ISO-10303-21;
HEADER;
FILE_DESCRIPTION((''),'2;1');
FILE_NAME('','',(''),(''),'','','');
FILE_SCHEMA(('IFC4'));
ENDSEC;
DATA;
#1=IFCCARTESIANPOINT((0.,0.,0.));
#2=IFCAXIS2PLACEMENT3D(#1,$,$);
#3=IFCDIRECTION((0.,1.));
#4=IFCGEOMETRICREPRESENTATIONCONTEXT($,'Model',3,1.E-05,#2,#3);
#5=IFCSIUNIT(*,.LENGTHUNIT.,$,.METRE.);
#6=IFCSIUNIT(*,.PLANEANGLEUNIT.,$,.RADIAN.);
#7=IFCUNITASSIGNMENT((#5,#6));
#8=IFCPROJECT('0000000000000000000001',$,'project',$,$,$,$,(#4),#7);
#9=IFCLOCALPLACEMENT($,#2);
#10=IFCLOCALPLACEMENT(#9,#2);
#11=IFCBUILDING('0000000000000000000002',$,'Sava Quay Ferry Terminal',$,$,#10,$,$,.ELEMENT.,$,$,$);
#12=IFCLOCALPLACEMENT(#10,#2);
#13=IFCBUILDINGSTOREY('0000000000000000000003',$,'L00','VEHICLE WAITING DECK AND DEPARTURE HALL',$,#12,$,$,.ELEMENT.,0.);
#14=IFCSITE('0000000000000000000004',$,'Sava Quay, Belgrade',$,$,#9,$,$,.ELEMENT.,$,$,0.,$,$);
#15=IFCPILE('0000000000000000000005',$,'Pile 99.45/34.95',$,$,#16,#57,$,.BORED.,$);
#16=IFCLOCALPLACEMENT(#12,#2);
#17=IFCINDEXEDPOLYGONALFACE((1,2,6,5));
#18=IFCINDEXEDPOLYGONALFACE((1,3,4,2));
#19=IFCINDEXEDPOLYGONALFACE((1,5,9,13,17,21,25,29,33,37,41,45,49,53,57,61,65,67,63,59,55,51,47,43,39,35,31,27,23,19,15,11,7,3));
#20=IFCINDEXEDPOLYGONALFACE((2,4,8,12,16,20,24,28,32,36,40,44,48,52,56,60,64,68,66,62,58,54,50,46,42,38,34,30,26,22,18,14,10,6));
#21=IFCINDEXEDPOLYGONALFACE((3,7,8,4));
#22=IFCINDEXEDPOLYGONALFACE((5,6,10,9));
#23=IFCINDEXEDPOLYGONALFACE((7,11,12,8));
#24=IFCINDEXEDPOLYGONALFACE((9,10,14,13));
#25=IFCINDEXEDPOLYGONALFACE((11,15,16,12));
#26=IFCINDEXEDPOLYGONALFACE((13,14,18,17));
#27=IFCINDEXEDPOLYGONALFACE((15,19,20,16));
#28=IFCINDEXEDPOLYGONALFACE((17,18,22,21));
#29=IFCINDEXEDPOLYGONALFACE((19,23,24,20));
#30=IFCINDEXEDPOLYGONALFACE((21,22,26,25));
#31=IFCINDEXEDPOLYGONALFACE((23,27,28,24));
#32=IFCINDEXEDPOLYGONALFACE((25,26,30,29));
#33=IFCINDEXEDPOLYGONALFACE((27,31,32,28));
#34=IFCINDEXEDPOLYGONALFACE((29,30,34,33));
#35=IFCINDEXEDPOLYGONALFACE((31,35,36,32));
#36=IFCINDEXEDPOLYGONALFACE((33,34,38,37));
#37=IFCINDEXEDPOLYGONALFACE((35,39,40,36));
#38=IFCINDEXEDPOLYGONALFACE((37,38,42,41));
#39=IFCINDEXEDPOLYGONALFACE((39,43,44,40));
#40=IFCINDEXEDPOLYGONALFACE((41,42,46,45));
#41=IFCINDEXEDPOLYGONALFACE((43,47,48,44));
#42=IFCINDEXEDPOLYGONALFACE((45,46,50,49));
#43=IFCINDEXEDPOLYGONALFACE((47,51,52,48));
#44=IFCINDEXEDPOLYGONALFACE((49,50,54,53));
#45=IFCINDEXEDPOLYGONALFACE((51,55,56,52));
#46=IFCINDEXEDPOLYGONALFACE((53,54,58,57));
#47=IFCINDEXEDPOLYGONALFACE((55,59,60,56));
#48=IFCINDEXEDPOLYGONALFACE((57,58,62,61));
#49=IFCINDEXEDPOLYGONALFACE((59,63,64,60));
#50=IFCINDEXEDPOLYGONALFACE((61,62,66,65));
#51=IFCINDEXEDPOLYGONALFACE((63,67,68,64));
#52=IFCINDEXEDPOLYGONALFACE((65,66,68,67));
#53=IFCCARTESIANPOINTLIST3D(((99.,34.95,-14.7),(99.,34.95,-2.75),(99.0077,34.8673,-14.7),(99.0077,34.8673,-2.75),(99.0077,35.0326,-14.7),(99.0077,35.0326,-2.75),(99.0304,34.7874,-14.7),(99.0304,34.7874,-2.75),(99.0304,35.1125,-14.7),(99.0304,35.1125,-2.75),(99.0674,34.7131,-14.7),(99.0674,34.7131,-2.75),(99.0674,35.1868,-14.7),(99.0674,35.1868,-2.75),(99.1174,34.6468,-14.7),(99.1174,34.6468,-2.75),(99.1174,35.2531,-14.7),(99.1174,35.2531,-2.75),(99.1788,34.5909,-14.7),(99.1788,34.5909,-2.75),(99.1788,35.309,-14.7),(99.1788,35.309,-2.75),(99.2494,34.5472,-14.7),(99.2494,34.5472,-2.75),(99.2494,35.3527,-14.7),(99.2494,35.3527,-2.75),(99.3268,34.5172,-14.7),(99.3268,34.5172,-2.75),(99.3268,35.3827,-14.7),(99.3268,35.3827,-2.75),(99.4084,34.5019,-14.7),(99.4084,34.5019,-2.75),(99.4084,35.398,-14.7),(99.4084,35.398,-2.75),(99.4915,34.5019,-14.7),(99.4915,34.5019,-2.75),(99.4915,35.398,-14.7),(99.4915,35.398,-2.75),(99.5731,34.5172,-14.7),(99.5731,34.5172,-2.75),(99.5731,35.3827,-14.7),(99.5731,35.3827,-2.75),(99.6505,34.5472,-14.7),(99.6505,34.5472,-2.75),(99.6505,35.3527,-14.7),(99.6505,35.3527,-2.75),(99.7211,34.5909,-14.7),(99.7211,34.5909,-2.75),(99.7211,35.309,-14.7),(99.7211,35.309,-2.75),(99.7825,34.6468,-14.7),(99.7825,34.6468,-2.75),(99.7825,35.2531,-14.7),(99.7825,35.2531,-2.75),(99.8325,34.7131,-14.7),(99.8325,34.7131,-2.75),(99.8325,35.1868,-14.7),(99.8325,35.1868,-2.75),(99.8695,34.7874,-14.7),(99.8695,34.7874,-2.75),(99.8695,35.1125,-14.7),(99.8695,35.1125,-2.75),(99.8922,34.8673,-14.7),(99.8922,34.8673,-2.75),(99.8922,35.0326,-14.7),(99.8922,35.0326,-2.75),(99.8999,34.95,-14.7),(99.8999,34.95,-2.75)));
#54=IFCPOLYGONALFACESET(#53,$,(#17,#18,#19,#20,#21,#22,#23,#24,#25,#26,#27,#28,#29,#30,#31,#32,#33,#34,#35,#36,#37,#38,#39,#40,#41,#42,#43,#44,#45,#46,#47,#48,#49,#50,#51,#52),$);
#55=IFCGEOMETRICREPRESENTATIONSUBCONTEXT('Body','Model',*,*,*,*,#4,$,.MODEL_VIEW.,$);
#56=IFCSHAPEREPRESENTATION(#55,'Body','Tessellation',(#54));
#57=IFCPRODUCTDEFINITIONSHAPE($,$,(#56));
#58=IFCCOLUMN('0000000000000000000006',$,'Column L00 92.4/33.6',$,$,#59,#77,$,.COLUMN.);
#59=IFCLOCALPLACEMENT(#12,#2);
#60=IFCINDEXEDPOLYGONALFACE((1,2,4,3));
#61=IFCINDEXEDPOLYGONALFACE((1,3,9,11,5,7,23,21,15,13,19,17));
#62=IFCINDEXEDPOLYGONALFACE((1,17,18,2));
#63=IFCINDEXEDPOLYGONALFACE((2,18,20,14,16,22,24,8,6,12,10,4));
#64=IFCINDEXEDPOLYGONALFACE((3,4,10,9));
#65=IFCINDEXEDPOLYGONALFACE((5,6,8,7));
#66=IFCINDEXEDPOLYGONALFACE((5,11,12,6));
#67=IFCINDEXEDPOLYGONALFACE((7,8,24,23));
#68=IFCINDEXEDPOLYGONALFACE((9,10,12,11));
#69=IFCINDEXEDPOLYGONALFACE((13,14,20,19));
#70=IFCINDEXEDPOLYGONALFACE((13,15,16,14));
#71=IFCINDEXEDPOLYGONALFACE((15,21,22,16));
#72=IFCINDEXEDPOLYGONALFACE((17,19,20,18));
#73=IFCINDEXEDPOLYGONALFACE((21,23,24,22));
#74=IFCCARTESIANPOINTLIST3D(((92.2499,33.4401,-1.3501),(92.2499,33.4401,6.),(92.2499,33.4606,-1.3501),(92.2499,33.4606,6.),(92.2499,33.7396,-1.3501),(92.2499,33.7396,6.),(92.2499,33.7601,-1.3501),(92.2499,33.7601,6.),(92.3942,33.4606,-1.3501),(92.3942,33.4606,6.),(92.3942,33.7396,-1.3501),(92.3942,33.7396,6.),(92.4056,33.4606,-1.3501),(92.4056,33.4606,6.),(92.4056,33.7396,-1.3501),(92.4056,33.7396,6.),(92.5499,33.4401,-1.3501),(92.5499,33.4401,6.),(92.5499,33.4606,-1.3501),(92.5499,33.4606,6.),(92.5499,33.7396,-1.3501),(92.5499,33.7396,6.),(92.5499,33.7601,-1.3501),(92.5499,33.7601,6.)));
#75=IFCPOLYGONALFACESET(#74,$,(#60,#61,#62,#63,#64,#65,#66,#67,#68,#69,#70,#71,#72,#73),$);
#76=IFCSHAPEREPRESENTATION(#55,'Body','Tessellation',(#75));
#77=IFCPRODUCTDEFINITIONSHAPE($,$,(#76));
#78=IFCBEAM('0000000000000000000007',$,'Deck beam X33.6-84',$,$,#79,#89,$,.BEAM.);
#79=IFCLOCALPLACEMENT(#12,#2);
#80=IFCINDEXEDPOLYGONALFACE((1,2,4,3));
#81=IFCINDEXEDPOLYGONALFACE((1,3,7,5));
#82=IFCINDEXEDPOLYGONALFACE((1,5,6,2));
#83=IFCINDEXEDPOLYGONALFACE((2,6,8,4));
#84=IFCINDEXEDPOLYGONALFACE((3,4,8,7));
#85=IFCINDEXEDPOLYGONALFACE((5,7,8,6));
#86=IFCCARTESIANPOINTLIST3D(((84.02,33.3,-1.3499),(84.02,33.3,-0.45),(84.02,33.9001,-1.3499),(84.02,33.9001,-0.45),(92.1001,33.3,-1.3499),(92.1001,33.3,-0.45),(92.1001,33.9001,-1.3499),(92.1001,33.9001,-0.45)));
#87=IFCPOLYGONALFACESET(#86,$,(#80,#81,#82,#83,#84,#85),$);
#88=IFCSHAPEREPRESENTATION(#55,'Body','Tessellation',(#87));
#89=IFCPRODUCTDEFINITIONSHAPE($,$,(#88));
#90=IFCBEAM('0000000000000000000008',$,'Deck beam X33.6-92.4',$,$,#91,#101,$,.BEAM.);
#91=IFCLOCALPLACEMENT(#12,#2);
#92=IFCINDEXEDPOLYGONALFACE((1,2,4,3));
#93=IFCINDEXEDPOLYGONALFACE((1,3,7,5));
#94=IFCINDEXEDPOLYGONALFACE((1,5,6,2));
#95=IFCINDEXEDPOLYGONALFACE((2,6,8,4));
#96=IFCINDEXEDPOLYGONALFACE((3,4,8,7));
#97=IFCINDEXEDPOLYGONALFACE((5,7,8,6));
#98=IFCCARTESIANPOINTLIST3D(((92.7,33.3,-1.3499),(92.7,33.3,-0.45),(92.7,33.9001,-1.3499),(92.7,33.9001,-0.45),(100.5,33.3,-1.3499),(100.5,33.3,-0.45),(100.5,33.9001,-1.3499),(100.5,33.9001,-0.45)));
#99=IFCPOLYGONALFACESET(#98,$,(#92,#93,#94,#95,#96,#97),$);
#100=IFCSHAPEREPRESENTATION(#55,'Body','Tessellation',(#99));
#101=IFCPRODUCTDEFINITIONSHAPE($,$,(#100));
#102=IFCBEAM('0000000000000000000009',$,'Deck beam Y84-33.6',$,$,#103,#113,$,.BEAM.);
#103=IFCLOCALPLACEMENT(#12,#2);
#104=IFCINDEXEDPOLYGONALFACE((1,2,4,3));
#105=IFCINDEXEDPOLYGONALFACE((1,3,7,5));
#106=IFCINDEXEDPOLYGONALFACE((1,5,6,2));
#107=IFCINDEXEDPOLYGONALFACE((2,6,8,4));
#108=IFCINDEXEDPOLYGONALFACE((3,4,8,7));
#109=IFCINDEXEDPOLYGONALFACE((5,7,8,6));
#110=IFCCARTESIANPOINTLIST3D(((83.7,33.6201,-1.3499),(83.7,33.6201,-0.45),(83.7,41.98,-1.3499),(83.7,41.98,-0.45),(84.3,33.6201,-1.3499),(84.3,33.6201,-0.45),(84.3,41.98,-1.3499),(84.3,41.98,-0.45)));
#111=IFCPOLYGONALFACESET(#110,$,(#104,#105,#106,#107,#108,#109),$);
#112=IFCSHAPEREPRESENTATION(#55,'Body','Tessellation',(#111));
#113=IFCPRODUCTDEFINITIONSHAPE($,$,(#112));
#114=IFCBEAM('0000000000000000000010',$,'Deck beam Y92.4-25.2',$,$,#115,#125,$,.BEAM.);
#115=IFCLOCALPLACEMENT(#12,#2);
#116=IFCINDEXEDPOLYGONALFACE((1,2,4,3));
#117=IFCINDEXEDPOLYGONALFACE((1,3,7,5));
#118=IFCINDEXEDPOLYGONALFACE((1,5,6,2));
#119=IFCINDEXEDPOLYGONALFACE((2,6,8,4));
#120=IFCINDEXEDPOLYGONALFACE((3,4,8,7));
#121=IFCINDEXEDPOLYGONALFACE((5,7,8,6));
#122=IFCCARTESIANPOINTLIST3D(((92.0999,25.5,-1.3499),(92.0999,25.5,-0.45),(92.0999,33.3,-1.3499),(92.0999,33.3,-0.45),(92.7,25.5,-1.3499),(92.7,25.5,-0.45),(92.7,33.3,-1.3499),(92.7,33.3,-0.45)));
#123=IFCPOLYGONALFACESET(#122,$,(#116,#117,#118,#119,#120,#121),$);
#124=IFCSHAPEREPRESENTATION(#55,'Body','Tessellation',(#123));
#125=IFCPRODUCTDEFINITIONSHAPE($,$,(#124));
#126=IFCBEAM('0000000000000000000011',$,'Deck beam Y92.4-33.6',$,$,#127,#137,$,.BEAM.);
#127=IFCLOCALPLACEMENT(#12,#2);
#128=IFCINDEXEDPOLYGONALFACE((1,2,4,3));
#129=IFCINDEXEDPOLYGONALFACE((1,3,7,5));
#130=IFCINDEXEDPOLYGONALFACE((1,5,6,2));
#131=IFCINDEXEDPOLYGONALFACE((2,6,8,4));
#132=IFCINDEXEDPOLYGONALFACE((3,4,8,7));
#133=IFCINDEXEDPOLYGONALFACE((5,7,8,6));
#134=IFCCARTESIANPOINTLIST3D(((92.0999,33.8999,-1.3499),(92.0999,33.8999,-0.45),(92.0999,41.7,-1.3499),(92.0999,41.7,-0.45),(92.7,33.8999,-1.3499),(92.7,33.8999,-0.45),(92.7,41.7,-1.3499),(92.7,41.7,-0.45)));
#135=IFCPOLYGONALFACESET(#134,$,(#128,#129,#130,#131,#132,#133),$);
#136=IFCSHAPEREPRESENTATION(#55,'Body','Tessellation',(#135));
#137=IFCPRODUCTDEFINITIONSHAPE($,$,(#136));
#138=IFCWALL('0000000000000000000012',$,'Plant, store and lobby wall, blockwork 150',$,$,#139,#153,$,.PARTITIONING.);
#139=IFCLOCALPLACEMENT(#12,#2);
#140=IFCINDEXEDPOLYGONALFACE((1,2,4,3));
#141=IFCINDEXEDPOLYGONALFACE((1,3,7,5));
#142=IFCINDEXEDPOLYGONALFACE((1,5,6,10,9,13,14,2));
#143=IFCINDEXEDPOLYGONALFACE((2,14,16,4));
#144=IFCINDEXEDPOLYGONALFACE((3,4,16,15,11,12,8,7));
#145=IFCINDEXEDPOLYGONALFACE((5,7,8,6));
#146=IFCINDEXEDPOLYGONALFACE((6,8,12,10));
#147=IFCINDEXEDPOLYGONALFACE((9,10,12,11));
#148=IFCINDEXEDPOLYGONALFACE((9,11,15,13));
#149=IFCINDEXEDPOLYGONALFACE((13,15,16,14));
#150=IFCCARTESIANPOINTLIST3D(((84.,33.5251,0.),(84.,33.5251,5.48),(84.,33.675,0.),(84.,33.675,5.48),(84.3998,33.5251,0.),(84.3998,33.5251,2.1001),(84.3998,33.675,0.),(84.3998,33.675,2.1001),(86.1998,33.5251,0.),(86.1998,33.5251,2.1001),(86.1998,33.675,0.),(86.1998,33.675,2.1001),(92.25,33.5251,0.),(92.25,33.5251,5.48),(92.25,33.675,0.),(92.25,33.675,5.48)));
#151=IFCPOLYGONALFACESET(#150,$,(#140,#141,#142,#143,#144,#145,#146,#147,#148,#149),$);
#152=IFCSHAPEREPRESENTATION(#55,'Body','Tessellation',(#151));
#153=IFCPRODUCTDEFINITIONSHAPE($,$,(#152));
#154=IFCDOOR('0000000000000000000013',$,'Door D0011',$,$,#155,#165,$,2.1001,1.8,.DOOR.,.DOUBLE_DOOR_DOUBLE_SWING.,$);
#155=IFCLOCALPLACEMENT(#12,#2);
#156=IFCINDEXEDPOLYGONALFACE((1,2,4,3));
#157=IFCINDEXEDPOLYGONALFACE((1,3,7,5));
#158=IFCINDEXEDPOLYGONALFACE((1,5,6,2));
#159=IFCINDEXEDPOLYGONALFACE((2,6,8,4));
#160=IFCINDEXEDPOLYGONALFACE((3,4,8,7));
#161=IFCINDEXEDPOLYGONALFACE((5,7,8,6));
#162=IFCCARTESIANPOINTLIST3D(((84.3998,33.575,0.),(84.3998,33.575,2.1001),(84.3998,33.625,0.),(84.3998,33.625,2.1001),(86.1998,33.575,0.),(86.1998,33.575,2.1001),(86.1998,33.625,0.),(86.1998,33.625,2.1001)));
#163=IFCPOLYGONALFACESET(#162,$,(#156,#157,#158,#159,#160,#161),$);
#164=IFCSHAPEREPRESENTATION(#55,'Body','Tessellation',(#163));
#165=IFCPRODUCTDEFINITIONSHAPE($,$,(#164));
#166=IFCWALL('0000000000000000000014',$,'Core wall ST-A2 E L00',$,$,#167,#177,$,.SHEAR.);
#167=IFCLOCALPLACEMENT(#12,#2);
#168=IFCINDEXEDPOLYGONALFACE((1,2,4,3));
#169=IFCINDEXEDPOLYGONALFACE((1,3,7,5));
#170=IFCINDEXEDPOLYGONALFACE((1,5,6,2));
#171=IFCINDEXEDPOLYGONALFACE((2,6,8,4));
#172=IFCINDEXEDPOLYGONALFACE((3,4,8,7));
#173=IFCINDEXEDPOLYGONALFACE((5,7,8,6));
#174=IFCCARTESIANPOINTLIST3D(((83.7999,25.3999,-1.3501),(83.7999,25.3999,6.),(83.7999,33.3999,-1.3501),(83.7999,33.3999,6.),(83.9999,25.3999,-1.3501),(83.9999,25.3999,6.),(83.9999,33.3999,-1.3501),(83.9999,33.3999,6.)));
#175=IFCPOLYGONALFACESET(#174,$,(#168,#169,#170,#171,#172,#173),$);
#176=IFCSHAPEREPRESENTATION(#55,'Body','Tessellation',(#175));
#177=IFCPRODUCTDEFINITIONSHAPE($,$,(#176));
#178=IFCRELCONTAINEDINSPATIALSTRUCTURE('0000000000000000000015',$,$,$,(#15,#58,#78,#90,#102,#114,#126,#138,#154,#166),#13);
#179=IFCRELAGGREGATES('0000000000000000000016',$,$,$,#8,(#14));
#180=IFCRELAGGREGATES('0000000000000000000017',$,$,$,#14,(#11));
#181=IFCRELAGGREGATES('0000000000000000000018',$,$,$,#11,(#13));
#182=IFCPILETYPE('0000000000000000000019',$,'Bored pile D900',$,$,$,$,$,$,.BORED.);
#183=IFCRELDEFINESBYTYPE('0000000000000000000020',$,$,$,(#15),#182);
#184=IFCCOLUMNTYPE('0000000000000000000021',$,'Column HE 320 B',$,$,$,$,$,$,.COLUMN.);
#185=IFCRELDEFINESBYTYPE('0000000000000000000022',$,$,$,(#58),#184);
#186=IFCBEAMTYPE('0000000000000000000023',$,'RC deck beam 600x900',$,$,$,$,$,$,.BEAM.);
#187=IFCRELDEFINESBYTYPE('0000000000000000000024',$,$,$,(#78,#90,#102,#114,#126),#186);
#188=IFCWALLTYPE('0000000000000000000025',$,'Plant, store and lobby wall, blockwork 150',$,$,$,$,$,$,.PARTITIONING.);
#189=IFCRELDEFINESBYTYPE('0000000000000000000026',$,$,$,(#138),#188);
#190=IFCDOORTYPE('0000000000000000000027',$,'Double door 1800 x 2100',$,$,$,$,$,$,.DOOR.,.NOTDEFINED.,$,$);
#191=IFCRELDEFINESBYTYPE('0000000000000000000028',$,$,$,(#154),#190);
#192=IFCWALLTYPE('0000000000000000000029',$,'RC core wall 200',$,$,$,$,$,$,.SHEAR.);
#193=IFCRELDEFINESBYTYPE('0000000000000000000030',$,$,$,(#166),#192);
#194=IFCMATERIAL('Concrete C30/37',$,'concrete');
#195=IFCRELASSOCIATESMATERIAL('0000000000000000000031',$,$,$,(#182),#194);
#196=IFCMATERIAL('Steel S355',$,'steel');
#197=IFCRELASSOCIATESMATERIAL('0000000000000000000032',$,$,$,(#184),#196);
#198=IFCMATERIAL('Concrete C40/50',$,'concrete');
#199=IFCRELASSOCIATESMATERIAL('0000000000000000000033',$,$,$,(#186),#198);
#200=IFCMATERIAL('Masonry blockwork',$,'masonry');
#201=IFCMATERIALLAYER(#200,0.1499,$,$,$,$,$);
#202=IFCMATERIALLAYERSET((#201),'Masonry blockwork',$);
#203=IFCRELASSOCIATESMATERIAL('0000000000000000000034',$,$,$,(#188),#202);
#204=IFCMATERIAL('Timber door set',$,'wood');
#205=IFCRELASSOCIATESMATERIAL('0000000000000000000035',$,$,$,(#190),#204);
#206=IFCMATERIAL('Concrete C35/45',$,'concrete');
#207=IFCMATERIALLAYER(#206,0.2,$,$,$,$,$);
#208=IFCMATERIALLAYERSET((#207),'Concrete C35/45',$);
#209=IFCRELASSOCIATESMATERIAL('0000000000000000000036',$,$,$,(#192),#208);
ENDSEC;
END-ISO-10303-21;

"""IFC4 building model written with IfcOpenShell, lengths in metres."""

from ifc_helpers import new_model, si_unit, direction, frame, frame_2d, origin, origin_2d, place, context, subcontext, project, spatial, rectangle, circle, i_section, extrude, material, layer, layer_set, material_profile, profile_set, type_object, element, fill, save


model = new_model("IFC4")

# Units and contexts
model_context = context("Model", 3, precision=1e-05, world=origin(), true_north=direction((0.0, 1.0)))
body_context = subcontext(model_context, "Body", "Model", "MODEL_VIEW")
ifc_project = project(units=[si_unit("LENGTHUNIT", "METRE"), si_unit("PLANEANGLEUNIT", "RADIAN")], contexts=[model_context])

# Site, building, storey
site_placement = place(None, origin())
site = spatial("IfcSite", under=ifc_project, at=site_placement, Name="Sava Quay, Belgrade", CompositionType="ELEMENT", RefElevation=0.0)
building_placement = place(site_placement, origin())
building = spatial("IfcBuilding", under=site, at=building_placement, Name="Sava Quay Ferry Terminal", CompositionType="ELEMENT")
storey_placement = place(building_placement, origin())
storey = spatial("IfcBuildingStorey", under=building, at=storey_placement, Name="L00", Description="VEHICLE WAITING DECK AND DEPARTURE HALL", CompositionType="ELEMENT", Elevation=0.0)

# Pile
ifc_material_1 = material(Name="Concrete C30/37", Category="concrete")
ifc_material_profile_1 = material_profile(ifc_material_1, circle(Radius=0.45, at=origin_2d()), Name="Bored pile D900")
ifc_profile_set_1 = profile_set([ifc_material_profile_1], Name="Concrete C30/37")
pile_type = type_object("IfcPileType", Name="Bored pile D900", PredefinedType="BORED", material=ifc_profile_set_1)
for number, where, z_axis, x_axis, name in (
    (1, (99.45, 34.95, -2.75), (0.0, 0.0, -1.0), (1.0, 0.0, 0.0), "Pile 99.45/34.95"),
):
    element("IfcPile", number, at=place(storey_placement, frame(where, z_axis=z_axis, x_axis=x_axis)), inside=storey, type_object=pile_type, Name=name, PredefinedType="BORED", context=body_context, shape_type="SweptSolid", body=[
        extrude(circle(Radius=0.45, at=origin_2d()), origin(), (0.0, 0.0, 1.0), 11.95),
    ])

# Column
ifc_material_2 = material(Name="Steel S355", Category="steel")
ifc_material_profile_2 = material_profile(ifc_material_2, i_section(OverallWidth=0.3, OverallDepth=0.3201, WebThickness=0.0115, FlangeThickness=0.0205, at=origin_2d()), Name="HE 320 B")
ifc_profile_set_2 = profile_set([ifc_material_profile_2], Name="Steel S355")
column_type = type_object("IfcColumnType", Name="Column HE 320 B", PredefinedType="COLUMN", material=ifc_profile_set_2)
column_placement = place(storey_placement, frame((92.3999, 33.6001, -1.3501), z_axis=(0.0, 0.0, 1.0), x_axis=(1.0, 0.0, 0.0)))
element("IfcColumn", 2, at=column_placement, inside=storey, type_object=column_type, Name="Column L00 92.4/33.6", PredefinedType="COLUMN", context=body_context, shape_type="SweptSolid", body=[
    extrude(i_section(OverallWidth=0.3, OverallDepth=0.3201, WebThickness=0.0115, FlangeThickness=0.0205, at=origin_2d()), origin(), (0.0, 0.0, 1.0), 7.3501),
])

# Beams
ifc_material_3 = material(Name="Concrete C40/50", Category="concrete")
ifc_material_profile_3 = material_profile(ifc_material_3, rectangle(XDim=0.6001, YDim=0.8999, at=origin_2d()), Name="RC 600x900")
ifc_profile_set_3 = profile_set([ifc_material_profile_3], Name="Concrete C40/50")
beam_type = type_object("IfcBeamType", Name="RC deck beam 600x900", PredefinedType="BEAM", material=ifc_profile_set_3)
beam_1_placement = place(storey_placement, frame((84.02, 33.6001, -0.8999), z_axis=(1.0, 0.0, 0.0), x_axis=(0.0, 1.0, 0.0)))
element("IfcBeam", 3, at=beam_1_placement, inside=storey, type_object=beam_type, Name="Deck beam X33.6-84", PredefinedType="BEAM", context=body_context, shape_type="SweptSolid", body=[
    extrude(rectangle(XDim=0.6001, YDim=0.8999, at=origin_2d()), origin(), (0.0, 0.0, 1.0), 8.0801),
])
beam_2_placement = place(storey_placement, frame((92.7, 33.6001, -0.8999), z_axis=(1.0, 0.0, 0.0), x_axis=(0.0, 1.0, 0.0)))
element("IfcBeam", 4, at=beam_2_placement, inside=storey, type_object=beam_type, Name="Deck beam X33.6-92.4", PredefinedType="BEAM", context=body_context, shape_type="SweptSolid", body=[
    extrude(rectangle(XDim=0.6001, YDim=0.8999, at=origin_2d()), origin(), (0.0, 0.0, 1.0), 7.8),
])
beam_3_placement = place(storey_placement, frame((84.0, 33.6201, -0.8999), z_axis=(0.0, 1.0, 0.0), x_axis=(-1.0, 0.0, 0.0)))
element("IfcBeam", 5, at=beam_3_placement, inside=storey, type_object=beam_type, Name="Deck beam Y84-33.6", PredefinedType="BEAM", context=body_context, shape_type="SweptSolid", body=[
    extrude(rectangle(XDim=0.6001, YDim=0.8999, at=origin_2d()), origin(), (0.0, 0.0, 1.0), 8.3599),
])
for number, where, z_axis, x_axis, name in (
    (6, (92.3999, 25.5, -0.8999), (0.0, 1.0, 0.0), (-1.0, 0.0, 0.0), "Deck beam Y92.4-25.2"),
    (7, (92.3999, 33.8999, -0.8999), (0.0, 1.0, 0.0), (-1.0, 0.0, 0.0), "Deck beam Y92.4-33.6"),
):
    element("IfcBeam", number, at=place(storey_placement, frame(where, z_axis=z_axis, x_axis=x_axis)), inside=storey, type_object=beam_type, Name=name, PredefinedType="BEAM", context=body_context, shape_type="SweptSolid", body=[
        extrude(rectangle(XDim=0.6001, YDim=0.8999, at=origin_2d()), origin(), (0.0, 0.0, 1.0), 7.8),
    ])

# Wall, opening, door
ifc_material_4 = material(Name="Masonry blockwork", Category="masonry")
ifc_layer_1 = layer(ifc_material_4, 0.1499)
ifc_layer_set_1 = layer_set([ifc_layer_1], Name="Masonry blockwork")
wall_type_1 = type_object("IfcWallType", Name="Plant, store and lobby wall, blockwork 150", PredefinedType="PARTITIONING", material=ifc_layer_set_1)
wall_1_placement = place(storey_placement, frame((84.0, 33.6001, 0.0), z_axis=(0.0, 0.0, 1.0), x_axis=(1.0, 0.0, 0.0)))
wall_1 = element("IfcWall", 8, at=wall_1_placement, inside=storey, type_object=wall_type_1, Name="Plant, store and lobby wall, blockwork 150", PredefinedType="PARTITIONING", context=body_context, shape_type="SweptSolid", body=[
    extrude(rectangle(XDim=8.25, YDim=0.1499, at=frame_2d((4.125, 0.0))), origin(), (0.0, 0.0, 1.0), 5.48),
])
opening_1_placement = place(wall_1_placement, frame((0.3999, 0.0, 0.0)))
opening_1 = element("IfcOpeningElement", 9, at=opening_1_placement, cuts=wall_1, PredefinedType="OPENING", context=body_context, shape_type="SweptSolid", body=[
    extrude(rectangle(XDim=1.8, YDim=2.1001, at=frame_2d((0.8999, 1.05))), frame((0.0, 0.075, 0.0), z_axis=(0.0, -1.0, 0.0), x_axis=(1.0, 0.0, 0.0)), (0.0, 0.0, 1.0), 0.1499),
])
ifc_material_5 = material(Name="Timber door set", Category="wood")
door_type_1 = type_object("IfcDoorType", Name="Double door 1800 x 2100", OperationType="NOTDEFINED", PredefinedType="DOOR", material=ifc_material_5)
door_1_placement = place(opening_1_placement, origin())
door_1 = element("IfcDoor", 10, at=door_1_placement, inside=storey, type_object=door_type_1, Name="Door D0011", OperationType="DOUBLE_DOOR_DOUBLE_SWING", OverallHeight=2.1001, OverallWidth=1.8, PredefinedType="DOOR", context=body_context, shape_type="SweptSolid", body=[
    extrude(rectangle(XDim=1.8, YDim=2.1001, at=frame_2d((0.8999, 1.05))), frame((0.0, 0.0249, 0.0), z_axis=(0.0, -1.0, 0.0), x_axis=(1.0, 0.0, 0.0)), (0.0, 0.0, 1.0), 0.05),
])
fill(opening_1, door_1)

# Wall
ifc_material_6 = material(Name="Concrete C35/45", Category="concrete")
ifc_layer_2 = layer(ifc_material_6, 0.2)
ifc_layer_set_2 = layer_set([ifc_layer_2], Name="Concrete C35/45")
wall_type_2 = type_object("IfcWallType", Name="RC core wall 200", PredefinedType="SHEAR", material=ifc_layer_set_2)
wall_2_placement = place(storey_placement, frame((83.8999, 25.3999, -1.3501), z_axis=(0.0, 0.0, 1.0), x_axis=(0.0, 1.0, 0.0)))
element("IfcWall", 11, at=wall_2_placement, inside=storey, type_object=wall_type_2, Name="Core wall ST-A2 E L00", PredefinedType="SHEAR", context=body_context, shape_type="SweptSolid", body=[
    extrude(rectangle(XDim=8.0, YDim=0.2, at=frame_2d((4.0, 0.0))), origin(), (0.0, 0.0, 1.0), 7.3501),
])

save(model, "model.ifc")
